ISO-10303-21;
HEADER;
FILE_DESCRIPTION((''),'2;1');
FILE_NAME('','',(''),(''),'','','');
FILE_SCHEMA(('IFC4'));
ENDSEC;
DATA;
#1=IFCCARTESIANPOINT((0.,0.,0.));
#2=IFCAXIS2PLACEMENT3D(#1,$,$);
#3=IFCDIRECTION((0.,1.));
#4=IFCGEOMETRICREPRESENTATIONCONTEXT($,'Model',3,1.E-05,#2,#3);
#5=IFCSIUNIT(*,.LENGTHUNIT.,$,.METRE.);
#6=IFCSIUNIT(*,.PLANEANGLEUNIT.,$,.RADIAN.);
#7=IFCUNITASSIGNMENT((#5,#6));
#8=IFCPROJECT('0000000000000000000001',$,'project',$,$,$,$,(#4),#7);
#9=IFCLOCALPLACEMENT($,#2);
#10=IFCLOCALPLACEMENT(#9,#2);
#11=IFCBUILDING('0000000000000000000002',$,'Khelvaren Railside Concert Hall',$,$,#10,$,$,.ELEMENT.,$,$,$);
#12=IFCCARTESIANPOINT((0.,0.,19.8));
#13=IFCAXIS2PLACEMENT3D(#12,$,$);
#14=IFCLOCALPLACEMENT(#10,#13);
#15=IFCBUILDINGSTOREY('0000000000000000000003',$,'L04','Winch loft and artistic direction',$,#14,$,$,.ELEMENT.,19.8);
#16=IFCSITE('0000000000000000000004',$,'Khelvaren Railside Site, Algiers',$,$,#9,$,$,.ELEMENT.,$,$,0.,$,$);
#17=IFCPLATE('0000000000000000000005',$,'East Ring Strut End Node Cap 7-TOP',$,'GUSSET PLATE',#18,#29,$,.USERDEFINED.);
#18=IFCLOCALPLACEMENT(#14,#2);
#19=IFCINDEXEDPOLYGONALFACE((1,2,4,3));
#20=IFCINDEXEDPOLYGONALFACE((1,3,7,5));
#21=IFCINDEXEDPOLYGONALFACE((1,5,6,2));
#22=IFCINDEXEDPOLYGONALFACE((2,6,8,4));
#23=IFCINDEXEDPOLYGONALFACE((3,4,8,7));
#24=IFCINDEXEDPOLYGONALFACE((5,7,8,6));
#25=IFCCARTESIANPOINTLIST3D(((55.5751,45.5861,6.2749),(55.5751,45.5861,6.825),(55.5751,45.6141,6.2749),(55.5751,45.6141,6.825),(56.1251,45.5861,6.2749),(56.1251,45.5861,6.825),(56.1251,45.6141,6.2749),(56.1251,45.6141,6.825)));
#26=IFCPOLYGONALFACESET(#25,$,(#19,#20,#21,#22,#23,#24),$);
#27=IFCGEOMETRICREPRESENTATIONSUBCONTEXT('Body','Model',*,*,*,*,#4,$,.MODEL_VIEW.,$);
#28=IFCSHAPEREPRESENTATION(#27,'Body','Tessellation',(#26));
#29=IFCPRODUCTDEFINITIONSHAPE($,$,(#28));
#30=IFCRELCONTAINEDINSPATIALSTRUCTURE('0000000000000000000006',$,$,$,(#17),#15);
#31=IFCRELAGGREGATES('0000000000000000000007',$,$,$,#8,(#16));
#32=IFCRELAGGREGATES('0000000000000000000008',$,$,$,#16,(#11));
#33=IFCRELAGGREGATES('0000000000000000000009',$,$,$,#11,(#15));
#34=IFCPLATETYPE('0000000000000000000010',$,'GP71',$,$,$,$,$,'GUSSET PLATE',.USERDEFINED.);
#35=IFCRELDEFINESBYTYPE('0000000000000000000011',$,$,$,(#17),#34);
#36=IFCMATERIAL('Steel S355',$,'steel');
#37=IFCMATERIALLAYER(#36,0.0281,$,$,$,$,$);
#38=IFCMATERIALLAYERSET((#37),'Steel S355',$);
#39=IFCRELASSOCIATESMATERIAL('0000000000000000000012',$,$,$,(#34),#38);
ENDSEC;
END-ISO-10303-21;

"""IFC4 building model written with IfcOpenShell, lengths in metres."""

from ifc_helpers import new_model, si_unit, direction, frame, origin, origin_2d, place, context, subcontext, project, spatial, rectangle, extrude, material, layer, layer_set, type_object, element, save


model = new_model("IFC4")

# Units and contexts
model_context = context("Model", 3, precision=1e-05, world=origin(), true_north=direction((0.0, 1.0)))
body_context = subcontext(model_context, "Body", "Model", "MODEL_VIEW")
ifc_project = project(units=[si_unit("LENGTHUNIT", "METRE"), si_unit("PLANEANGLEUNIT", "RADIAN")], contexts=[model_context])

# Site, building, storey
site_placement = place(None, origin())
site = spatial("IfcSite", under=ifc_project, at=site_placement, Name="Khelvaren Railside Site, Algiers", CompositionType="ELEMENT", RefElevation=0.0)
building_placement = place(site_placement, origin())
building = spatial("IfcBuilding", under=site, at=building_placement, Name="Khelvaren Railside Concert Hall", CompositionType="ELEMENT")
storey_placement = place(building_placement, frame((0.0, 0.0, 19.8)))
storey = spatial("IfcBuildingStorey", under=building, at=storey_placement, Name="L04", Description="Winch loft and artistic direction", CompositionType="ELEMENT", Elevation=19.8)

# Plate
ifc_material_1 = material(Name="Steel S355", Category="steel")
ifc_layer_1 = layer(ifc_material_1, 0.0281)
ifc_layer_set_1 = layer_set([ifc_layer_1], Name="Steel S355")
plate_type_1 = type_object("IfcPlateType", Name="GP71", ElementType="GUSSET PLATE", PredefinedType="USERDEFINED", material=ifc_layer_set_1)
plate_1_placement = place(storey_placement, frame((55.8501, 45.6001, 6.2749), z_axis=(0.0, 0.0, 1.0), x_axis=(1.0, 0.0, 0.0)))
element("IfcPlate", 1, at=plate_1_placement, inside=storey, type_object=plate_type_1, Name="East Ring Strut End Node Cap 7-TOP", ObjectType="GUSSET PLATE", PredefinedType="USERDEFINED", context=body_context, shape_type="SweptSolid", body=[
    extrude(rectangle(XDim=0.55, YDim=0.0281, at=origin_2d()), origin(), (0.0, 0.0, 1.0), 0.55),
])

save(model, "model.ifc")
